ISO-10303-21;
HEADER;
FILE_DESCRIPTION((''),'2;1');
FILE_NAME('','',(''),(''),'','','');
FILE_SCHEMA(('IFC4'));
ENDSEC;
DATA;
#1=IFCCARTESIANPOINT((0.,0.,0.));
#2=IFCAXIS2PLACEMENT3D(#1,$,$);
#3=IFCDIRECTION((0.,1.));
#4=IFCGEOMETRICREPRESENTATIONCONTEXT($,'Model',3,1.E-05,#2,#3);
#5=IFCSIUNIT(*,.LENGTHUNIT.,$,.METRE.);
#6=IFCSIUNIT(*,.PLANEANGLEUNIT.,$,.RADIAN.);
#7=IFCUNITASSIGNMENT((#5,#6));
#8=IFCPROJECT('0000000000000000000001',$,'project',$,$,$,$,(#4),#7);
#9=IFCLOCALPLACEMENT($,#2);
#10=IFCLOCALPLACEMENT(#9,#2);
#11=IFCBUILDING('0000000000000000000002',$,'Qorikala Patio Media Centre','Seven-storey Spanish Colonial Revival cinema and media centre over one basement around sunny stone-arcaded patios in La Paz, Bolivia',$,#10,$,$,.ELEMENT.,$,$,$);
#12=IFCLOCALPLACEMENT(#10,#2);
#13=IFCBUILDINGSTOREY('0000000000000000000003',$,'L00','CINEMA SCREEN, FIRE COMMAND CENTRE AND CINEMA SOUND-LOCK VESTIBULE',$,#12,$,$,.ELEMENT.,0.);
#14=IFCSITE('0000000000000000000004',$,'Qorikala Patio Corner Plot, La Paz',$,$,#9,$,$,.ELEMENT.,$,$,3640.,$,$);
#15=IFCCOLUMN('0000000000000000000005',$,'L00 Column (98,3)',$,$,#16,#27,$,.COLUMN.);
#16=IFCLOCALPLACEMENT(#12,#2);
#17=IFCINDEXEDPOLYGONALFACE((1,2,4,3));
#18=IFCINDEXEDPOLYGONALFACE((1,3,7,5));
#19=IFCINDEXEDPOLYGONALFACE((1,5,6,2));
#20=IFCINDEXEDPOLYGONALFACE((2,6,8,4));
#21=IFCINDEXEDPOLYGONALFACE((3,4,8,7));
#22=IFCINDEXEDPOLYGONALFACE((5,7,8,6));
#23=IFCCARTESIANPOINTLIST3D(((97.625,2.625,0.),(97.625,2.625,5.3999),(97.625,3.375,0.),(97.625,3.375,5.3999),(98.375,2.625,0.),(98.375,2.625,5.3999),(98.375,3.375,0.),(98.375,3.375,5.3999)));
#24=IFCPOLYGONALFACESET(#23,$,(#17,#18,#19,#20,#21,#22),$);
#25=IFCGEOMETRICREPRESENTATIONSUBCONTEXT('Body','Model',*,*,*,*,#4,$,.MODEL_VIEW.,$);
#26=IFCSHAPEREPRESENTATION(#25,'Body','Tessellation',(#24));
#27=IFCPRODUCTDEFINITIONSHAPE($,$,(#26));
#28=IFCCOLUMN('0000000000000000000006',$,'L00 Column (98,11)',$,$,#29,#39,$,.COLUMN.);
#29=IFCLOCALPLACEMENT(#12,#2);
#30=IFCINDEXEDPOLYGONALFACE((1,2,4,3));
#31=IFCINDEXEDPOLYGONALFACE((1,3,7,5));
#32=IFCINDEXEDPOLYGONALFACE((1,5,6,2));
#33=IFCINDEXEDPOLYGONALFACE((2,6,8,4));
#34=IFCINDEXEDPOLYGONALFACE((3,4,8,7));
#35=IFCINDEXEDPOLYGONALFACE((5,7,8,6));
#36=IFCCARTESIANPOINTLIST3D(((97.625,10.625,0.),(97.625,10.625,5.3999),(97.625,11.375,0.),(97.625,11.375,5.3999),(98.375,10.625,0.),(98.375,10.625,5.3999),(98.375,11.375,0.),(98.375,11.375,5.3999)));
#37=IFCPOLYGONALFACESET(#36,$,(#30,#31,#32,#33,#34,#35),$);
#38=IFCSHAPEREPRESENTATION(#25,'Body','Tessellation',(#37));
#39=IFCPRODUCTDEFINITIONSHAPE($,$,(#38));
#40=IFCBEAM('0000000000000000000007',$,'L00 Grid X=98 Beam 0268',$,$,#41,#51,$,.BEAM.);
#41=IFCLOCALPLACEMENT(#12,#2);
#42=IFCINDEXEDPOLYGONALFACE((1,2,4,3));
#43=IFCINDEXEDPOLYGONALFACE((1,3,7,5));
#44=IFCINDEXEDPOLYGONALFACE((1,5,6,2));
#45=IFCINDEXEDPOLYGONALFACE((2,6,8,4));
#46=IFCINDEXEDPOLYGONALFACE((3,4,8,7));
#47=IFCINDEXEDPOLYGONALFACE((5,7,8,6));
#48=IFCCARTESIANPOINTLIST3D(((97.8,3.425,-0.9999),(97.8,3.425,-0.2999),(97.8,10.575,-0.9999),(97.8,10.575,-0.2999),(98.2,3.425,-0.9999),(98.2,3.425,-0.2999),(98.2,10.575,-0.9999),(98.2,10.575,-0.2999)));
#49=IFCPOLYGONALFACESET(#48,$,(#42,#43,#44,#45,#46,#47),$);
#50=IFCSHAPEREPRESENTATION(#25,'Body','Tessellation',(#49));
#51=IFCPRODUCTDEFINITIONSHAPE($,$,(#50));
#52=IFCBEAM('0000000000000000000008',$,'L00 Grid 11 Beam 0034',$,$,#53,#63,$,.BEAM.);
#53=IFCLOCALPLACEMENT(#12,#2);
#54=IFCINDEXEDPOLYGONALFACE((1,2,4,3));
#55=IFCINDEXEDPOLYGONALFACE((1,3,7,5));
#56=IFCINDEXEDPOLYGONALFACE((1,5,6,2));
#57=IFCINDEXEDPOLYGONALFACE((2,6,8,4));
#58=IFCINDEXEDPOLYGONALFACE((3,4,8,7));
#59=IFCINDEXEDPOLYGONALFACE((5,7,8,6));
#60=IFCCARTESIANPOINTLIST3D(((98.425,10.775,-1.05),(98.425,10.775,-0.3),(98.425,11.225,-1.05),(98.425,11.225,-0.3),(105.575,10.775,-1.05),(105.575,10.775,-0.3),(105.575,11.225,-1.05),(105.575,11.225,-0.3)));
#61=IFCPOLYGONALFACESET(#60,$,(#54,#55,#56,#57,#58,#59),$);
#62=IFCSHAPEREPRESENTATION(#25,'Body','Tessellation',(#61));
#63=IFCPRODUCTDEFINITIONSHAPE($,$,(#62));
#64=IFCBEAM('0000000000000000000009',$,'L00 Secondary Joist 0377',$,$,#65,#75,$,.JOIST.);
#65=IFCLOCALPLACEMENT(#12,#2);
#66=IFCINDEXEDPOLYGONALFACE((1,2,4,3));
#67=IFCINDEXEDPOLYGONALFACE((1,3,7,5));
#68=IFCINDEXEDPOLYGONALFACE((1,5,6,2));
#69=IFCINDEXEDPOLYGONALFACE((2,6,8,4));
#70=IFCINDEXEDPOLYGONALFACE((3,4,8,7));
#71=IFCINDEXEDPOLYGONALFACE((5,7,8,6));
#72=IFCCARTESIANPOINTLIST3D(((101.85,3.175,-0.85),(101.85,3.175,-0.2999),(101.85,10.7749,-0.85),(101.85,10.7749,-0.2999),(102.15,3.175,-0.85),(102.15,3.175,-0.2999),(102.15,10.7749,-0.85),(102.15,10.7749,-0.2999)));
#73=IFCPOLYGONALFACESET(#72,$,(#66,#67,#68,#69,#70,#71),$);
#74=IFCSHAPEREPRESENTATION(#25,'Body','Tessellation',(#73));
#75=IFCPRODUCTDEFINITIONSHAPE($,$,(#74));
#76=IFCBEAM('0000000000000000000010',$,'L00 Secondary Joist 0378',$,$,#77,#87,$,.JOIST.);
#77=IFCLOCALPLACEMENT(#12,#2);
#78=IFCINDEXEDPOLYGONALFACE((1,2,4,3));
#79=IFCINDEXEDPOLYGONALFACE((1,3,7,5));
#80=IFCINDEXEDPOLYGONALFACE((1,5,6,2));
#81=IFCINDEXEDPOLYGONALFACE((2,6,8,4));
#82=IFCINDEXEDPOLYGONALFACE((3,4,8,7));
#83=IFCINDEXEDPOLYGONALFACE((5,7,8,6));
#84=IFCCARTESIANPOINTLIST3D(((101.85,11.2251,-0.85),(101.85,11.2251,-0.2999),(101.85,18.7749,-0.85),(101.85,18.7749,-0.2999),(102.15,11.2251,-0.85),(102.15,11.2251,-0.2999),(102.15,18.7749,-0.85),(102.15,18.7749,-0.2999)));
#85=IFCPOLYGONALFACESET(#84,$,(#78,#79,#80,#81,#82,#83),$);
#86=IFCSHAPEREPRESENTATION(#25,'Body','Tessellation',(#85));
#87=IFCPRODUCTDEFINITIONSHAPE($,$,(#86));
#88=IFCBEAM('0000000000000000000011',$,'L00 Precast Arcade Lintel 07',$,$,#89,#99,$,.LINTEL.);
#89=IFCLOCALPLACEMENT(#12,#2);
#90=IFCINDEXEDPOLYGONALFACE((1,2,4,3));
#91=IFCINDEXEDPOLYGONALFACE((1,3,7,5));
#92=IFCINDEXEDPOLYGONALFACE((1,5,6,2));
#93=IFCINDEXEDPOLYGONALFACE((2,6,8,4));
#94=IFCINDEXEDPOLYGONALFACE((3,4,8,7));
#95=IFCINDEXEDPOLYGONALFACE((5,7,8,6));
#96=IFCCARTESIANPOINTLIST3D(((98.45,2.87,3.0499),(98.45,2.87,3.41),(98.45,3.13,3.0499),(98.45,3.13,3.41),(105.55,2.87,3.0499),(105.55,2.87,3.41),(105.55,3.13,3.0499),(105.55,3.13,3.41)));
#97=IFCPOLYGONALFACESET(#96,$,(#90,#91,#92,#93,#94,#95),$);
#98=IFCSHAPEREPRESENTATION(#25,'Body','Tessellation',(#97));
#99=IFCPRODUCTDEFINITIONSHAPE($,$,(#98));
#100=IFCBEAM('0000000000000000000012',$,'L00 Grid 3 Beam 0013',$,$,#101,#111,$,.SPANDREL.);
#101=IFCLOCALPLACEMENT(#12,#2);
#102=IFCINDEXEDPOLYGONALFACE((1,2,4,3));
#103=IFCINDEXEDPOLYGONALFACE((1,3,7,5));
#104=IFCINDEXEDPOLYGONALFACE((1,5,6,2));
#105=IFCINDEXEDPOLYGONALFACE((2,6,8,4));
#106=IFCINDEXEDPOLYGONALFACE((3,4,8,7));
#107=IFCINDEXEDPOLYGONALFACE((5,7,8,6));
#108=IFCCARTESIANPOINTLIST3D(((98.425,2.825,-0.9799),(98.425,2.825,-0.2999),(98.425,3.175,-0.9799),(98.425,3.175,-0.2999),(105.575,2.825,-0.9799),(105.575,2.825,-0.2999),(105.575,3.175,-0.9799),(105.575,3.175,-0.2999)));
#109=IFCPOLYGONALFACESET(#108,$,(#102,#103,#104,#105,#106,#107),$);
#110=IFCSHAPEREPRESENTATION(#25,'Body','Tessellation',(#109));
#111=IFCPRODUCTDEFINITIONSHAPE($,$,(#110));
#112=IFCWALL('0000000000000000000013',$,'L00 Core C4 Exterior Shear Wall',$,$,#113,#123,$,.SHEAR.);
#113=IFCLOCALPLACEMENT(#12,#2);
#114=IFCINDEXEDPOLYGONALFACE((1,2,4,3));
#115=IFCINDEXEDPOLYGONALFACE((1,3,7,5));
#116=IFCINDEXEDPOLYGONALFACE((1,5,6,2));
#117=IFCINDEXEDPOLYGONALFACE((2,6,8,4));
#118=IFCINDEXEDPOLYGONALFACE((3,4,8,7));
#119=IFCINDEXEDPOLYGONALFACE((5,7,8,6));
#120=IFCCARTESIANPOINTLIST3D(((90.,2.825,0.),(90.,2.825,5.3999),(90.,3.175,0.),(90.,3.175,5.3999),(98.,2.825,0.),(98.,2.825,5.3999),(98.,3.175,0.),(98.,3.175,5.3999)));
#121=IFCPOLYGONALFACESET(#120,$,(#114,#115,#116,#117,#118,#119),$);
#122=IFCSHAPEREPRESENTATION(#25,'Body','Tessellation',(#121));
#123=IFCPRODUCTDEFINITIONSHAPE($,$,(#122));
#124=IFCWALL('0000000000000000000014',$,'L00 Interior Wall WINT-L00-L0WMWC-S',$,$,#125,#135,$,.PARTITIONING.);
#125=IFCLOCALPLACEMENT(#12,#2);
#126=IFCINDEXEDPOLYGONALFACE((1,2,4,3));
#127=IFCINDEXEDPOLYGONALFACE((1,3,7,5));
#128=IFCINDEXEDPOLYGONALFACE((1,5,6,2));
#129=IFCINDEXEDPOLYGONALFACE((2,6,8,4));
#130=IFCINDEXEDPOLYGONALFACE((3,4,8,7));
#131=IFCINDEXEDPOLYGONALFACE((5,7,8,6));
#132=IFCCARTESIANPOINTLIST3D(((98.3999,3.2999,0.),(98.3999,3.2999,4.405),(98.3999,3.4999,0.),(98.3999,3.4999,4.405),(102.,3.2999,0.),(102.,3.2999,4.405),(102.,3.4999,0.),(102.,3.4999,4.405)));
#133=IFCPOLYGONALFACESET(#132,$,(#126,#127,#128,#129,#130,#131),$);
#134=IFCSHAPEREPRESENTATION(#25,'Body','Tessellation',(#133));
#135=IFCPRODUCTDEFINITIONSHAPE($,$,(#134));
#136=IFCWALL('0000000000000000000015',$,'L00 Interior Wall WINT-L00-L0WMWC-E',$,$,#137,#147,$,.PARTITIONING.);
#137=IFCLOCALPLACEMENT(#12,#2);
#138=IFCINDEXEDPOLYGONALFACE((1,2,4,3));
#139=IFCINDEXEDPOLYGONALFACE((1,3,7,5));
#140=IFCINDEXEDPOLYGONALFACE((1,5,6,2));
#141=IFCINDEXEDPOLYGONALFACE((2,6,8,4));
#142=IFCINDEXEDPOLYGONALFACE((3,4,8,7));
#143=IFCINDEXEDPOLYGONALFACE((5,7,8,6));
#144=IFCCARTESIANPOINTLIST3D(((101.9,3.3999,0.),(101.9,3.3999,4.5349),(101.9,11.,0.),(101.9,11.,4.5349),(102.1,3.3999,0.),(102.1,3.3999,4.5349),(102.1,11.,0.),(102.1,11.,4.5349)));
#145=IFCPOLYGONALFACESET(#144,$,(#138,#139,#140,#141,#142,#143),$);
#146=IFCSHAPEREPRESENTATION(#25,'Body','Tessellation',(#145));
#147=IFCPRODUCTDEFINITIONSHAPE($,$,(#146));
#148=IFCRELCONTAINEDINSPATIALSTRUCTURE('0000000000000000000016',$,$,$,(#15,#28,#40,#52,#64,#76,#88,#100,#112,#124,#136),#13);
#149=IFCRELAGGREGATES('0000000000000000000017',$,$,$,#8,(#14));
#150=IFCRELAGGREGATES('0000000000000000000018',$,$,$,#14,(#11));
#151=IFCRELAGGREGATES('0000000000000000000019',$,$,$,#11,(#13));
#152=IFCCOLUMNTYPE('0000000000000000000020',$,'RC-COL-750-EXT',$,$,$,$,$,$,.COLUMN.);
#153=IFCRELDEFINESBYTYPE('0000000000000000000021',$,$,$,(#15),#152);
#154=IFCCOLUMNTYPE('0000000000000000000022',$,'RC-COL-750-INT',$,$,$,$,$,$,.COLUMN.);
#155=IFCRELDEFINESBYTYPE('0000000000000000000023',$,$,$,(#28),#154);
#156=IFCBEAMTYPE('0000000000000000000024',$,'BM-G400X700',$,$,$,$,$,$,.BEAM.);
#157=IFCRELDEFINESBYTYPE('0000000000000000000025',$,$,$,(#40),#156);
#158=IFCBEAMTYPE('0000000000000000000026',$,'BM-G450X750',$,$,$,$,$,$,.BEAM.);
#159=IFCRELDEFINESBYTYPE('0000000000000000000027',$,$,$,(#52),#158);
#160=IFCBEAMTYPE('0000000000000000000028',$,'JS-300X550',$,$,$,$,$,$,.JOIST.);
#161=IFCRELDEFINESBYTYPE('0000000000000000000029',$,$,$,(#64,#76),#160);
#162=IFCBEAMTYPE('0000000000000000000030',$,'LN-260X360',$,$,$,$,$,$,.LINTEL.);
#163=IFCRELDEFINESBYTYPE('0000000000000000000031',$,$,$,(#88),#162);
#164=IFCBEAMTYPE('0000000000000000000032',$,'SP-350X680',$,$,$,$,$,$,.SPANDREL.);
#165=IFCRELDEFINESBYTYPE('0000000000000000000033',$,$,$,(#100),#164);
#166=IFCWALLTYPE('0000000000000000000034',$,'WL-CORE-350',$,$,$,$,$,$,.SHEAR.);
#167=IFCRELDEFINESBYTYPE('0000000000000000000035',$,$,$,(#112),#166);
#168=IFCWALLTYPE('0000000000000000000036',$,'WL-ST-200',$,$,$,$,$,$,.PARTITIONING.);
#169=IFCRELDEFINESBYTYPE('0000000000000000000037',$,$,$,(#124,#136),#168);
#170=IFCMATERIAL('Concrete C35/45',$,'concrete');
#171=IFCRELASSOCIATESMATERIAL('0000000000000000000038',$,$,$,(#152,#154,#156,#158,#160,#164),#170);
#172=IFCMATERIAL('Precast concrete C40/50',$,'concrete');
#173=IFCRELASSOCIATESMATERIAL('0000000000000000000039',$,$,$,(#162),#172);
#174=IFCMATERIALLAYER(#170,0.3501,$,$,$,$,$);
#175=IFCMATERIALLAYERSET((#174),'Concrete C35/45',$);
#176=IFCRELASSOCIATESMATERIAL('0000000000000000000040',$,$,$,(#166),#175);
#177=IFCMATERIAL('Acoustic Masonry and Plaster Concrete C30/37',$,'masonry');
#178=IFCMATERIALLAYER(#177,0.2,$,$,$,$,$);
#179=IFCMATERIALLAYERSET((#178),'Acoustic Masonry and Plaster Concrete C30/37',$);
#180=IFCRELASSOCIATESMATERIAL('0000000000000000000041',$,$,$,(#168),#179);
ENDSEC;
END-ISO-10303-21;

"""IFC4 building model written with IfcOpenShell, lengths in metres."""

from ifc_helpers import new_model, si_unit, direction, frame, frame_2d, origin, origin_2d, place, context, subcontext, project, spatial, rectangle, extrude, material, layer, layer_set, material_profile, profile_set, type_object, element, save


model = new_model("IFC4")

# Units and contexts
model_context = context("Model", 3, precision=1e-05, world=origin(), true_north=direction((0.0, 1.0)))
body_context = subcontext(model_context, "Body", "Model", "MODEL_VIEW")
ifc_project = project(units=[si_unit("LENGTHUNIT", "METRE"), si_unit("PLANEANGLEUNIT", "RADIAN")], contexts=[model_context])

# Site, building, storey
site_placement = place(None, origin())
site = spatial("IfcSite", under=ifc_project, at=site_placement, Name="Qorikala Patio Corner Plot, La Paz", CompositionType="ELEMENT", RefElevation=3640.0)
building_placement = place(site_placement, origin())
building = spatial("IfcBuilding", under=site, at=building_placement, Name="Qorikala Patio Media Centre", Description="Seven-storey Spanish Colonial Revival cinema and media centre over one basement around sunny stone-arcaded patios in La Paz, Bolivia", CompositionType="ELEMENT")
storey_placement = place(building_placement, origin())
storey = spatial("IfcBuildingStorey", under=building, at=storey_placement, Name="L00", Description="CINEMA SCREEN, FIRE COMMAND CENTRE AND CINEMA SOUND-LOCK VESTIBULE", CompositionType="ELEMENT", Elevation=0.0)

# Columns
ifc_material_1 = material(Name="Concrete C35/45", Category="concrete")
ifc_material_profile_1 = material_profile(ifc_material_1, rectangle(XDim=0.75, YDim=0.75, at=origin_2d()), Name="RC 750x750")
ifc_profile_set_1 = profile_set([ifc_material_profile_1], Name="Concrete C35/45")
column_type_1 = type_object("IfcColumnType", Name="RC-COL-750-EXT", PredefinedType="COLUMN", material=ifc_profile_set_1)
column_1_placement = place(storey_placement, frame((98.0, 3.0, 0.0), z_axis=(0.0, 0.0, 1.0), x_axis=(1.0, 0.0, 0.0)))
element("IfcColumn", 1, at=column_1_placement, inside=storey, type_object=column_type_1, Name="L00 Column (98,3)", PredefinedType="COLUMN", context=body_context, shape_type="SweptSolid", body=[
    extrude(rectangle(XDim=0.75, YDim=0.75, at=origin_2d()), origin(), (0.0, 0.0, 1.0), 5.3999),
])
ifc_material_profile_2 = material_profile(ifc_material_1, rectangle(XDim=0.75, YDim=0.75, at=origin_2d()), Name="RC 750x750")
ifc_profile_set_2 = profile_set([ifc_material_profile_2], Name="Concrete C35/45")
column_type_2 = type_object("IfcColumnType", Name="RC-COL-750-INT", PredefinedType="COLUMN", material=ifc_profile_set_2)
column_2_placement = place(storey_placement, frame((98.0, 11.0, 0.0), z_axis=(0.0, 0.0, 1.0), x_axis=(1.0, 0.0, 0.0)))
element("IfcColumn", 2, at=column_2_placement, inside=storey, type_object=column_type_2, Name="L00 Column (98,11)", PredefinedType="COLUMN", context=body_context, shape_type="SweptSolid", body=[
    extrude(rectangle(XDim=0.75, YDim=0.75, at=origin_2d()), origin(), (0.0, 0.0, 1.0), 5.3999),
])

# Beams
ifc_material_profile_3 = material_profile(ifc_material_1, rectangle(XDim=0.3999, YDim=0.7, at=origin_2d()), Name="RC 400x700")
ifc_profile_set_3 = profile_set([ifc_material_profile_3], Name="Concrete C35/45")
beam_type_1 = type_object("IfcBeamType", Name="BM-G400X700", PredefinedType="BEAM", material=ifc_profile_set_3)
beam_1_placement = place(storey_placement, frame((98.0, 3.425, -0.6499), z_axis=(0.0, 1.0, 0.0), x_axis=(-1.0, 0.0, 0.0)))
element("IfcBeam", 3, at=beam_1_placement, inside=storey, type_object=beam_type_1, Name="L00 Grid X=98 Beam 0268", PredefinedType="BEAM", context=body_context, shape_type="SweptSolid", body=[
    extrude(rectangle(XDim=0.3999, YDim=0.7, at=origin_2d()), origin(), (0.0, 0.0, 1.0), 7.1499),
])
ifc_material_profile_4 = material_profile(ifc_material_1, rectangle(XDim=0.45, YDim=0.75, at=origin_2d()), Name="RC 450x750")
ifc_profile_set_4 = profile_set([ifc_material_profile_4], Name="Concrete C35/45")
beam_type_2 = type_object("IfcBeamType", Name="BM-G450X750", PredefinedType="BEAM", material=ifc_profile_set_4)
beam_2_placement = place(storey_placement, frame((98.425, 11.0, -0.675), z_axis=(1.0, 0.0, 0.0), x_axis=(0.0, 1.0, 0.0)))
element("IfcBeam", 4, at=beam_2_placement, inside=storey, type_object=beam_type_2, Name="L00 Grid 11 Beam 0034", PredefinedType="BEAM", context=body_context, shape_type="SweptSolid", body=[
    extrude(rectangle(XDim=0.45, YDim=0.75, at=origin_2d()), origin(), (0.0, 0.0, 1.0), 7.1499),
])
ifc_material_profile_5 = material_profile(ifc_material_1, rectangle(XDim=0.3, YDim=0.55, at=origin_2d()), Name="RC 300x550")
ifc_profile_set_5 = profile_set([ifc_material_profile_5], Name="Concrete C35/45")
beam_type_3 = type_object("IfcBeamType", Name="JS-300X550", PredefinedType="JOIST", material=ifc_profile_set_5)
beam_3_placement = place(storey_placement, frame((102.0, 3.175, -0.575), z_axis=(0.0, 1.0, 0.0), x_axis=(-1.0, 0.0, 0.0)))
element("IfcBeam", 5, at=beam_3_placement, inside=storey, type_object=beam_type_3, Name="L00 Secondary Joist 0377", PredefinedType="JOIST", context=body_context, shape_type="SweptSolid", body=[
    extrude(rectangle(XDim=0.3, YDim=0.55, at=origin_2d()), origin(), (0.0, 0.0, 1.0), 7.5999),
])
beam_4_placement = place(storey_placement, frame((102.0, 11.2251, -0.575), z_axis=(0.0, 1.0, 0.0), x_axis=(-1.0, 0.0, 0.0)))
element("IfcBeam", 6, at=beam_4_placement, inside=storey, type_object=beam_type_3, Name="L00 Secondary Joist 0378", PredefinedType="JOIST", context=body_context, shape_type="SweptSolid", body=[
    extrude(rectangle(XDim=0.3, YDim=0.55, at=origin_2d()), origin(), (0.0, 0.0, 1.0), 7.5498),
])
ifc_material_2 = material(Name="Precast concrete C40/50", Category="concrete")
ifc_material_profile_6 = material_profile(ifc_material_2, rectangle(XDim=0.26, YDim=0.3601, at=origin_2d()), Name="RC 260x360")
ifc_profile_set_6 = profile_set([ifc_material_profile_6], Name="Precast concrete C40/50")
beam_type_4 = type_object("IfcBeamType", Name="LN-260X360", PredefinedType="LINTEL", material=ifc_profile_set_6)
beam_5_placement = place(storey_placement, frame((98.45, 3.0, 3.23), z_axis=(1.0, 0.0, 0.0), x_axis=(0.0, 1.0, 0.0)))
element("IfcBeam", 7, at=beam_5_placement, inside=storey, type_object=beam_type_4, Name="L00 Precast Arcade Lintel 07", PredefinedType="LINTEL", context=body_context, shape_type="SweptSolid", body=[
    extrude(rectangle(XDim=0.26, YDim=0.3601, at=origin_2d()), origin(), (0.0, 0.0, 1.0), 7.1001),
])
ifc_material_profile_7 = material_profile(ifc_material_1, rectangle(XDim=0.3501, YDim=0.6799, at=origin_2d()), Name="RC 350x680")
ifc_profile_set_7 = profile_set([ifc_material_profile_7], Name="Concrete C35/45")
beam_type_5 = type_object("IfcBeamType", Name="SP-350X680", PredefinedType="SPANDREL", material=ifc_profile_set_7)
beam_6_placement = place(storey_placement, frame((98.425, 3.0, -0.6399), z_axis=(1.0, 0.0, 0.0), x_axis=(0.0, 1.0, 0.0)))
element("IfcBeam", 8, at=beam_6_placement, inside=storey, type_object=beam_type_5, Name="L00 Grid 3 Beam 0013", PredefinedType="SPANDREL", context=body_context, shape_type="SweptSolid", body=[
    extrude(rectangle(XDim=0.3501, YDim=0.6799, at=origin_2d()), origin(), (0.0, 0.0, 1.0), 7.1499),
])

# Walls
ifc_layer_1 = layer(ifc_material_1, 0.3501)
ifc_layer_set_1 = layer_set([ifc_layer_1], Name="Concrete C35/45")
wall_type_1 = type_object("IfcWallType", Name="WL-CORE-350", PredefinedType="SHEAR", material=ifc_layer_set_1)
wall_1_placement = place(storey_placement, frame((98.0, 3.0, 0.0), z_axis=(0.0, 0.0, 1.0), x_axis=(-1.0, 0.0, 0.0)))
element("IfcWall", 9, at=wall_1_placement, inside=storey, type_object=wall_type_1, Name="L00 Core C4 Exterior Shear Wall", PredefinedType="SHEAR", context=body_context, shape_type="SweptSolid", body=[
    extrude(rectangle(XDim=8.0, YDim=0.3501, at=frame_2d((4.0, 0.0))), origin(), (0.0, 0.0, 1.0), 5.3999),
])
ifc_material_3 = material(Name="Acoustic Masonry and Plaster Concrete C30/37", Category="masonry")
ifc_layer_2 = layer(ifc_material_3, 0.2)
ifc_layer_set_2 = layer_set([ifc_layer_2], Name="Acoustic Masonry and Plaster Concrete C30/37")
wall_type_2 = type_object("IfcWallType", Name="WL-ST-200", PredefinedType="PARTITIONING", material=ifc_layer_set_2)
wall_2_placement = place(storey_placement, frame((98.3999, 3.3999, 0.0), z_axis=(0.0, 0.0, 1.0), x_axis=(1.0, 0.0, 0.0)))
element("IfcWall", 10, at=wall_2_placement, inside=storey, type_object=wall_type_2, Name="L00 Interior Wall WINT-L00-L0WMWC-S", PredefinedType="PARTITIONING", context=body_context, shape_type="SweptSolid", body=[
    extrude(rectangle(XDim=3.6001, YDim=0.2, at=frame_2d((1.8, 0.0))), origin(), (0.0, 0.0, 1.0), 4.405),
])
wall_3_placement = place(storey_placement, frame((102.0, 3.3999, 0.0), z_axis=(0.0, 0.0, 1.0), x_axis=(0.0, 1.0, 0.0)))
element("IfcWall", 11, at=wall_3_placement, inside=storey, type_object=wall_type_2, Name="L00 Interior Wall WINT-L00-L0WMWC-E", PredefinedType="PARTITIONING", context=body_context, shape_type="SweptSolid", body=[
    extrude(rectangle(XDim=7.6001, YDim=0.2, at=frame_2d((3.8, 0.0))), origin(), (0.0, 0.0, 1.0), 4.5349),
])

save(model, "model.ifc")
